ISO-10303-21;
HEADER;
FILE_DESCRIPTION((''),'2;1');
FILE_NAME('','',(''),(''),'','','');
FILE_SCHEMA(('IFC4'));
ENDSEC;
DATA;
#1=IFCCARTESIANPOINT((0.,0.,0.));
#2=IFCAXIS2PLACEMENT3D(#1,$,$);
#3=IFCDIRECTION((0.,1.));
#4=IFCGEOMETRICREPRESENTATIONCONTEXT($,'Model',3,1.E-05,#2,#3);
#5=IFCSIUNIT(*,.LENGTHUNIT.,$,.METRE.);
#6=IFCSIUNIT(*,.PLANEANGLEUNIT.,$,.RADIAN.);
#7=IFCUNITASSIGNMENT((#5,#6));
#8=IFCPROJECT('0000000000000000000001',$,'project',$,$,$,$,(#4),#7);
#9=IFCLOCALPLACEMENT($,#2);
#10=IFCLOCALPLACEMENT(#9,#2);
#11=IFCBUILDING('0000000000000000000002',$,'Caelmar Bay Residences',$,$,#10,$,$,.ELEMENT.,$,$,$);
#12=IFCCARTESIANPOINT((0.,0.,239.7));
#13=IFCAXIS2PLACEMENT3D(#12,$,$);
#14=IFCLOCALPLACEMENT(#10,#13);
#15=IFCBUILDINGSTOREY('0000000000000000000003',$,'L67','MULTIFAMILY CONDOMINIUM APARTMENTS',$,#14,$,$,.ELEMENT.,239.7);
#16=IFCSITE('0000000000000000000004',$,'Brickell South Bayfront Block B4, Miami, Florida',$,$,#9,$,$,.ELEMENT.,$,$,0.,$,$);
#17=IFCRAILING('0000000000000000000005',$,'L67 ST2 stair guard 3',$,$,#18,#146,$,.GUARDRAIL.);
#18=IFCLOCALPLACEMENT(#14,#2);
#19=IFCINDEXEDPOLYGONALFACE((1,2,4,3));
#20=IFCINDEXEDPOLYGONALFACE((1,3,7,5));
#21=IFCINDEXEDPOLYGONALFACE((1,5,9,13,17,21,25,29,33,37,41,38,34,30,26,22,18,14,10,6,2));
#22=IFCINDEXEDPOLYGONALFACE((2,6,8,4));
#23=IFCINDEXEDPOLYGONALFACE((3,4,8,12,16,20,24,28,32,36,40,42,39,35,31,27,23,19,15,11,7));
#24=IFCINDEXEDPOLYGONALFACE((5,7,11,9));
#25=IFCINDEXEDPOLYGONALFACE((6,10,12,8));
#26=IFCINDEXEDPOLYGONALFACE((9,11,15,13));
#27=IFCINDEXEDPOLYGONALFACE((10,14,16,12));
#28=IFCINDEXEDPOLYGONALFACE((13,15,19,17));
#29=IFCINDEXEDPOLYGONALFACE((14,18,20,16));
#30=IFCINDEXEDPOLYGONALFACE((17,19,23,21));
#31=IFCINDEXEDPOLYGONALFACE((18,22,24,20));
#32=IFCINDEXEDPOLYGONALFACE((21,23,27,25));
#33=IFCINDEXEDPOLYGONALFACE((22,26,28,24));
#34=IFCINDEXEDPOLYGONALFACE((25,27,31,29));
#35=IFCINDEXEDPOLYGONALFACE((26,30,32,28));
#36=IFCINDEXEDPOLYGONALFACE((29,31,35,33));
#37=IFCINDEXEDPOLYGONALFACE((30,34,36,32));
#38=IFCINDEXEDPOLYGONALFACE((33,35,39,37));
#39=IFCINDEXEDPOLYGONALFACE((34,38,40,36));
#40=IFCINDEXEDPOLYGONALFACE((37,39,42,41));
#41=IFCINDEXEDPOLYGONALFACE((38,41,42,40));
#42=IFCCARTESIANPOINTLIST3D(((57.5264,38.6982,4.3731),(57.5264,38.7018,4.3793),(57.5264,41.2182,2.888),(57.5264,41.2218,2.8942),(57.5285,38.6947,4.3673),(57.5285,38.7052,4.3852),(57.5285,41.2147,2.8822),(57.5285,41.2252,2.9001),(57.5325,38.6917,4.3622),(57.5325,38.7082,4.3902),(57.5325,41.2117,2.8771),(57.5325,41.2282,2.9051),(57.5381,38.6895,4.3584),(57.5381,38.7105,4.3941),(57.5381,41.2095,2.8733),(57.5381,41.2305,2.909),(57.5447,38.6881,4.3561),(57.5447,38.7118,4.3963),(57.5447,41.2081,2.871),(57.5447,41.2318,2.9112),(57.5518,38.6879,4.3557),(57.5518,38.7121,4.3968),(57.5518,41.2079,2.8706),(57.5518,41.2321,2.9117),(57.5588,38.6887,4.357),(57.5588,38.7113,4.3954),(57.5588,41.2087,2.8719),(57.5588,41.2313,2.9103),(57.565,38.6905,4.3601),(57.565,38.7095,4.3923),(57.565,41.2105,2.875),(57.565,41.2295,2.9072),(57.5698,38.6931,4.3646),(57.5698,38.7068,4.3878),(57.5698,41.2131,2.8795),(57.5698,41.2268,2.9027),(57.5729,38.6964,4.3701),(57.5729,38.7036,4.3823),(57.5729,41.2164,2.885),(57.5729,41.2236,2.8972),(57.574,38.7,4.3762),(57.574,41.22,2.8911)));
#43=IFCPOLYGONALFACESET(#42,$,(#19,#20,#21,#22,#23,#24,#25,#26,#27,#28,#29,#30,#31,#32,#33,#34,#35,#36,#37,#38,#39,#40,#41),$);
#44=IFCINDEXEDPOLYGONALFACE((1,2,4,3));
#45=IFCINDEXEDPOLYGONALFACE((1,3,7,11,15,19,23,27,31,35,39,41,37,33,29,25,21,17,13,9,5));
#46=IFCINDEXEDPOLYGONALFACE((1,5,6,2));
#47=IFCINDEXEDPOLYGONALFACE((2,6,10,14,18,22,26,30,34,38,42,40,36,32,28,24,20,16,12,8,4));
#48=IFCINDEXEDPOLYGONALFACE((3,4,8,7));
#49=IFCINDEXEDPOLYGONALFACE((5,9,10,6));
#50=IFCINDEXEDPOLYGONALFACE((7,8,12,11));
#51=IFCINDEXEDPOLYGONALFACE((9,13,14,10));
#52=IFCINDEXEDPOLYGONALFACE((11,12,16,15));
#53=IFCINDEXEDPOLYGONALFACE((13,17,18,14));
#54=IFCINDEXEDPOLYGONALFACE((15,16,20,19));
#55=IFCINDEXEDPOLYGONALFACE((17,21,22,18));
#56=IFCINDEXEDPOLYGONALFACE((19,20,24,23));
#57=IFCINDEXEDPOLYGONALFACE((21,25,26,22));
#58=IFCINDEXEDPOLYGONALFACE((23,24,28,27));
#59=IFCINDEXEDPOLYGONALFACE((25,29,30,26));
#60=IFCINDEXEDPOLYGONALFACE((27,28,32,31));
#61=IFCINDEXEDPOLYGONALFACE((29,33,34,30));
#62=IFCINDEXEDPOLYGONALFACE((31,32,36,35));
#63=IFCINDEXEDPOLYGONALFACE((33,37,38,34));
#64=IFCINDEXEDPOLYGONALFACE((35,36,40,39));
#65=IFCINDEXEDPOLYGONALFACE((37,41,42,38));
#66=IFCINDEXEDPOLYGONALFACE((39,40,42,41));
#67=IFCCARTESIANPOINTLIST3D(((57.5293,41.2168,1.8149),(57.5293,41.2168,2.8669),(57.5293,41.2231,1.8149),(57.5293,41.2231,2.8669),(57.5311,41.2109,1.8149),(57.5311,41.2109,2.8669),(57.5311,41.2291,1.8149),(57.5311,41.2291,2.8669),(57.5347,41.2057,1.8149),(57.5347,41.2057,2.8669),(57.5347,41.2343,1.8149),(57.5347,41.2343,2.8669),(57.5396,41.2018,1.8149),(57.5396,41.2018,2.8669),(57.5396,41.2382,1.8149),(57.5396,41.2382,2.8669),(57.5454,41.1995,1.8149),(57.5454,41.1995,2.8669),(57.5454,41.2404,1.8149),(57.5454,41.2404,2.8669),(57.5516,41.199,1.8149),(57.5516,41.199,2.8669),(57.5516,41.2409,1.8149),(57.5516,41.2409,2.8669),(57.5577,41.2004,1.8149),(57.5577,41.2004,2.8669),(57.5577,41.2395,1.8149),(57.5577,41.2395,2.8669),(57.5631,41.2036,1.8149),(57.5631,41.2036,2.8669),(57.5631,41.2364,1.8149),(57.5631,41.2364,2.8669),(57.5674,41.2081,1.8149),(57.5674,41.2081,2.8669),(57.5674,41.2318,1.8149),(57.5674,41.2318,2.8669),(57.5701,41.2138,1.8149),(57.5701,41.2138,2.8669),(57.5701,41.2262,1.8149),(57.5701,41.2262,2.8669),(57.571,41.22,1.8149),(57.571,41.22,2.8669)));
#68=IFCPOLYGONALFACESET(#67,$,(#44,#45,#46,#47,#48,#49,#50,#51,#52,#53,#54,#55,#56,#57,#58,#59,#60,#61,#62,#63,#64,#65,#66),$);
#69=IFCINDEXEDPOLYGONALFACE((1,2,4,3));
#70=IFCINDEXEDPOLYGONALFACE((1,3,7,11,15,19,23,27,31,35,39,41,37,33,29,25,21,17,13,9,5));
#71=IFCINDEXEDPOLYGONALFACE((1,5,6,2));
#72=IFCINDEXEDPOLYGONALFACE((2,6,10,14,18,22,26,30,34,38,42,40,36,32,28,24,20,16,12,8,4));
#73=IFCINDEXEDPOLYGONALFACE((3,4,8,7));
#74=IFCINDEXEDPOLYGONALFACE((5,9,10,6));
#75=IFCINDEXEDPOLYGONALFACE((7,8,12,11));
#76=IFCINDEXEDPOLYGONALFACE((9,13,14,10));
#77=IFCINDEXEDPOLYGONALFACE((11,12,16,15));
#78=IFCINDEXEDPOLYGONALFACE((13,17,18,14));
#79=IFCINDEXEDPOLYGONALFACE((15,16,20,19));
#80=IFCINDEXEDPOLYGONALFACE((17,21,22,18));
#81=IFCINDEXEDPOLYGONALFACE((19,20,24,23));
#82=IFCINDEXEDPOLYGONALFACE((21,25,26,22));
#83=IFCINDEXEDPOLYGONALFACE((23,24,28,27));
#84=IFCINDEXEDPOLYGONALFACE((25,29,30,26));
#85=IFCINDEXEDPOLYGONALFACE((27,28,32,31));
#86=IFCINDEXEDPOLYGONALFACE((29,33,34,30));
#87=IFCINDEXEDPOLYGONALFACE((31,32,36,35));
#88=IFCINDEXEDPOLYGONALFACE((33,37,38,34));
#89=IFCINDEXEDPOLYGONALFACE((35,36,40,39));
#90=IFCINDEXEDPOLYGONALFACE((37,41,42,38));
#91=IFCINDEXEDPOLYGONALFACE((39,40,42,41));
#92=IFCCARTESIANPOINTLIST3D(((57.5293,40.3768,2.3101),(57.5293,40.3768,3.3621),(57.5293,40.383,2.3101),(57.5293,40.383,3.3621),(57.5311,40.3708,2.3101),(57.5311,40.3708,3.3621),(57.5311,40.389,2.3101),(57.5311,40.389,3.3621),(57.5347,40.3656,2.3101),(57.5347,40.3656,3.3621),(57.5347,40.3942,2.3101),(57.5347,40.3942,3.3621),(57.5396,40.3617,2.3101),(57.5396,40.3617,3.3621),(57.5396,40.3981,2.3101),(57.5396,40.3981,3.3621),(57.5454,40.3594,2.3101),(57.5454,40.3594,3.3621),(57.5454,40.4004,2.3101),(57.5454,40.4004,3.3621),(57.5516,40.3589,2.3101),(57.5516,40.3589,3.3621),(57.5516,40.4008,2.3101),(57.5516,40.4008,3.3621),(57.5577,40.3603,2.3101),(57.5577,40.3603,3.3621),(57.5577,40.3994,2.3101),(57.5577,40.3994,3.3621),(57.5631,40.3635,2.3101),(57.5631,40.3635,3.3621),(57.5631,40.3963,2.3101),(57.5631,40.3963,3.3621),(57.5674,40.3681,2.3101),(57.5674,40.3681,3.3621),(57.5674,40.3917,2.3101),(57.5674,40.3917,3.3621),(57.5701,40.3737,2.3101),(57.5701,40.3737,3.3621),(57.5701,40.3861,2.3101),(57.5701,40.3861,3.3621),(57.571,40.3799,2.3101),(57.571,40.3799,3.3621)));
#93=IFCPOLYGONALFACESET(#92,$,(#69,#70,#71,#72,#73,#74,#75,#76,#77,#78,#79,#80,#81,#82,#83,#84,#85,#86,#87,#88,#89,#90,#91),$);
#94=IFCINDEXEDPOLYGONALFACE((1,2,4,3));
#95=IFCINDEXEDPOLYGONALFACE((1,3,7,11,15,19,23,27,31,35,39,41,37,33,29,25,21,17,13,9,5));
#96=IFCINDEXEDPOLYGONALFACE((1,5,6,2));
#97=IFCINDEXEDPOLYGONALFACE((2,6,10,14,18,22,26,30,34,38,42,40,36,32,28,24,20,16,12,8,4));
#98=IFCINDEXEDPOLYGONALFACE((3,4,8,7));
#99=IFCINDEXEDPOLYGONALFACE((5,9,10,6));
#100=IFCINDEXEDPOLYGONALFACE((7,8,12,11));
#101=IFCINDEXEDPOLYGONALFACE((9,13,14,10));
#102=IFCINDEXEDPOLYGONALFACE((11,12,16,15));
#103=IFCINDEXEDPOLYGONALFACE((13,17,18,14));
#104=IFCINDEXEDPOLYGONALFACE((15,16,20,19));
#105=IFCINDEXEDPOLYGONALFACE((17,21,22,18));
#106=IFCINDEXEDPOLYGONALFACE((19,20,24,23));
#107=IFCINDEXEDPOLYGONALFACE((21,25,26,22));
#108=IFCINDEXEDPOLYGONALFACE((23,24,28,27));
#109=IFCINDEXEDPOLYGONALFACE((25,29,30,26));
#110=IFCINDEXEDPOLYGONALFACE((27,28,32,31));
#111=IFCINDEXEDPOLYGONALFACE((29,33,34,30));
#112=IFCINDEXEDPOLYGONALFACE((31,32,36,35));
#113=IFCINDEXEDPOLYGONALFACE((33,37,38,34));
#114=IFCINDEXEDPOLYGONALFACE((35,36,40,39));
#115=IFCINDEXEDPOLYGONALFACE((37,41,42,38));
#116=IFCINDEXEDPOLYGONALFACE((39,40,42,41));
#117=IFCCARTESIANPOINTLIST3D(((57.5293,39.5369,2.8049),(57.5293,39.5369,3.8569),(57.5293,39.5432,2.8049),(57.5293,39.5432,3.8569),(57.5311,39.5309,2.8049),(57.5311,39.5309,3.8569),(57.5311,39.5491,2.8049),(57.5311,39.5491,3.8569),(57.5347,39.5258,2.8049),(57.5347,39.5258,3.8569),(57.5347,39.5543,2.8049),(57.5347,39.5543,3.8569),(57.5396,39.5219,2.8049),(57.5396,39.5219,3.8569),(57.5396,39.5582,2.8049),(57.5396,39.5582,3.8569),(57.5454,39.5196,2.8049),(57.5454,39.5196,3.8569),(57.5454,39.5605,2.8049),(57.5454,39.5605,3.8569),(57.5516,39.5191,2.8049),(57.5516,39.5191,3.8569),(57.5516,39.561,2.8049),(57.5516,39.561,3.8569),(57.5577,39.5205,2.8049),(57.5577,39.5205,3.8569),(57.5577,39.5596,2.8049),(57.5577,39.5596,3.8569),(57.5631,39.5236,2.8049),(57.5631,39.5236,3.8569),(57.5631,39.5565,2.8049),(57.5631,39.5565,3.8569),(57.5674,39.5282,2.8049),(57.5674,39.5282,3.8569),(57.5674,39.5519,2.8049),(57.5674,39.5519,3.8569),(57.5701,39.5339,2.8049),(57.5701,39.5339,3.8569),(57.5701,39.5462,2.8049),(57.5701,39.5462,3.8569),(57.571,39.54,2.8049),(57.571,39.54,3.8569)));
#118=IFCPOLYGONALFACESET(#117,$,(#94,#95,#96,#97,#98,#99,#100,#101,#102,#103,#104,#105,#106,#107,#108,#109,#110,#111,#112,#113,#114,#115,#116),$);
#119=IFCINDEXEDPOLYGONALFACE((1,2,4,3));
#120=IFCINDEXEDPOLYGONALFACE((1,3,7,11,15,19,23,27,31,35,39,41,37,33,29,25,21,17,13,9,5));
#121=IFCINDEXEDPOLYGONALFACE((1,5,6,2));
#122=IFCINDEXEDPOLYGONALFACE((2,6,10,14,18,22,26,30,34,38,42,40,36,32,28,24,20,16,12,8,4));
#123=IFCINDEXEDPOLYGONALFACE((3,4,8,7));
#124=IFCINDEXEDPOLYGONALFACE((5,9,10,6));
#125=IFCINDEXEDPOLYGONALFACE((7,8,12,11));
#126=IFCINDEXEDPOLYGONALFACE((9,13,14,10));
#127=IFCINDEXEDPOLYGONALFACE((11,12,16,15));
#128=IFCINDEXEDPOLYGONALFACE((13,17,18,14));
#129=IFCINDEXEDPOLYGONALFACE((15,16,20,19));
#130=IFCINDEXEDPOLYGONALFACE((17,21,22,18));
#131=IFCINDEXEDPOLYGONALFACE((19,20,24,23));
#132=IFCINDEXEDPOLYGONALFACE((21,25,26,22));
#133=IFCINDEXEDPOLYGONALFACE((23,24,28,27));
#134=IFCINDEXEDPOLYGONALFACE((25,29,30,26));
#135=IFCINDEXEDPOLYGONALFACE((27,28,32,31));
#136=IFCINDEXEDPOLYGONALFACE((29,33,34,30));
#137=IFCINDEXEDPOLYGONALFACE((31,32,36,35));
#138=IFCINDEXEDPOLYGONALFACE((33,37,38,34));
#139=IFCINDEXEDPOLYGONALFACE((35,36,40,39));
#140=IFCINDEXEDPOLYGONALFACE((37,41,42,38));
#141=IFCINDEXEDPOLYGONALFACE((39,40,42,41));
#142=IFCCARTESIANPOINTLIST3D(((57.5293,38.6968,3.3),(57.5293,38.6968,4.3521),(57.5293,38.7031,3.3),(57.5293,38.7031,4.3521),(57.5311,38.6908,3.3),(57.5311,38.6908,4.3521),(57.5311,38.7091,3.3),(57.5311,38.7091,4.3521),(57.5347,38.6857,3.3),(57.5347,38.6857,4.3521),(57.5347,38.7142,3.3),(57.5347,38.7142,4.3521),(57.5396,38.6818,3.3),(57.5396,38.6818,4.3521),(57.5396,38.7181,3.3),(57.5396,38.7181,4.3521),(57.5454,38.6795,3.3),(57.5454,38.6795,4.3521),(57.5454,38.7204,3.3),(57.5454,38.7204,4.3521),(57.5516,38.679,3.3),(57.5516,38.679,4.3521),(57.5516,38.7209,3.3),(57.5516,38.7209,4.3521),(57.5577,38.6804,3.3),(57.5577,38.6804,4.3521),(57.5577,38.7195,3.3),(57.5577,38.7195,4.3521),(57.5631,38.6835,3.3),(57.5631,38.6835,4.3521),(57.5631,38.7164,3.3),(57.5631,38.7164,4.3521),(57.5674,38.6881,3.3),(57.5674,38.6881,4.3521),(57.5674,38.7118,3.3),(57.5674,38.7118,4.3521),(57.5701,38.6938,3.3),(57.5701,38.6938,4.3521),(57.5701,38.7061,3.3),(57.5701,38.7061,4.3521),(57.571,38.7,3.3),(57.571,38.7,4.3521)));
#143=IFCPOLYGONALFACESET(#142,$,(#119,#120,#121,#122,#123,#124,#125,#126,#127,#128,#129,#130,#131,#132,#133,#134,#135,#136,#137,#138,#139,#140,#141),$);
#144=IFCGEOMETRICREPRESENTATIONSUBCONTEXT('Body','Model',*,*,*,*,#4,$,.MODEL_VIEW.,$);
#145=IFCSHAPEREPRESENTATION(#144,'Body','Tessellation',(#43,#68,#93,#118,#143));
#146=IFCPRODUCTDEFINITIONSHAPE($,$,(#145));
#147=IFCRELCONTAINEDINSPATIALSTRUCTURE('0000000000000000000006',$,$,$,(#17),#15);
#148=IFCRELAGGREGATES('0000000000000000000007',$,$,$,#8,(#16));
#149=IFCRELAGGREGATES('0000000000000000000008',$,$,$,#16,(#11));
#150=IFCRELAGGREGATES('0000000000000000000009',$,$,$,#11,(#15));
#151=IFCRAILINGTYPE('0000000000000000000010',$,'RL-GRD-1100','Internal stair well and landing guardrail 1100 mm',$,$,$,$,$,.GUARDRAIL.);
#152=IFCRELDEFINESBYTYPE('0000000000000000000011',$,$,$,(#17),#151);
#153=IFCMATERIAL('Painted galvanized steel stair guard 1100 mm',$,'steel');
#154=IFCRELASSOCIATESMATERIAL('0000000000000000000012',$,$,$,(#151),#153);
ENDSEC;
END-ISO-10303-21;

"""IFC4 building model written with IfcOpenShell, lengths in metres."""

from ifc_helpers import new_model, si_unit, direction, frame, origin, origin_2d, place, context, subcontext, project, spatial, circle, extrude, material, type_object, element, save


model = new_model("IFC4")

# Units and contexts
model_context = context("Model", 3, precision=1e-05, world=origin(), true_north=direction((0.0, 1.0)))
body_context = subcontext(model_context, "Body", "Model", "MODEL_VIEW")
ifc_project = project(units=[si_unit("LENGTHUNIT", "METRE"), si_unit("PLANEANGLEUNIT", "RADIAN")], contexts=[model_context])

# Site, building, storey
site_placement = place(None, origin())
site = spatial("IfcSite", under=ifc_project, at=site_placement, Name="Brickell South Bayfront Block B4, Miami, Florida", CompositionType="ELEMENT", RefElevation=0.0)
building_placement = place(site_placement, origin())
building = spatial("IfcBuilding", under=site, at=building_placement, Name="Caelmar Bay Residences", CompositionType="ELEMENT")
storey_placement = place(building_placement, frame((0.0, 0.0, 239.7)))
storey = spatial("IfcBuildingStorey", under=building, at=storey_placement, Name="L67", Description="MULTIFAMILY CONDOMINIUM APARTMENTS", CompositionType="ELEMENT", Elevation=239.7)

# Railing
ifc_material_1 = material(Name="Painted galvanized steel stair guard 1100 mm", Category="steel")
railing_type_1 = type_object("IfcRailingType", Name="RL-GRD-1100", Description="Internal stair well and landing guardrail 1100 mm", PredefinedType="GUARDRAIL", material=ifc_material_1)
railing_1_placement = place(storey_placement, frame((57.55, 41.22, 1.8149)))
element("IfcRailing", 1, at=railing_1_placement, inside=storey, type_object=railing_type_1, Name="L67 ST2 stair guard 3", PredefinedType="GUARDRAIL", context=body_context, shape_type="SweptSolid", body=[
    extrude(circle(Radius=0.0239, at=origin_2d()), frame((0.0, 0.0, 1.0762), z_axis=(0.0, -0.861524, 0.507717), x_axis=(1.0, 0.0, 0.0)), (0.0, 0.0, 1.0), 2.925),
    extrude(circle(Radius=0.021, at=origin_2d()), origin(), (0.0, 0.0, 1.0), 1.052),
    extrude(circle(Radius=0.021, at=origin_2d()), frame((0.0, -0.8401, 0.4951)), (0.0, 0.0, 1.0), 1.052),
    extrude(circle(Radius=0.021, at=origin_2d()), frame((0.0, -1.6799, 0.99)), (0.0, 0.0, 1.0), 1.052),
    extrude(circle(Radius=0.021, at=origin_2d()), frame((0.0, -2.52, 1.4851)), (0.0, 0.0, 1.0), 1.052),
])

save(model, "model.ifc")
